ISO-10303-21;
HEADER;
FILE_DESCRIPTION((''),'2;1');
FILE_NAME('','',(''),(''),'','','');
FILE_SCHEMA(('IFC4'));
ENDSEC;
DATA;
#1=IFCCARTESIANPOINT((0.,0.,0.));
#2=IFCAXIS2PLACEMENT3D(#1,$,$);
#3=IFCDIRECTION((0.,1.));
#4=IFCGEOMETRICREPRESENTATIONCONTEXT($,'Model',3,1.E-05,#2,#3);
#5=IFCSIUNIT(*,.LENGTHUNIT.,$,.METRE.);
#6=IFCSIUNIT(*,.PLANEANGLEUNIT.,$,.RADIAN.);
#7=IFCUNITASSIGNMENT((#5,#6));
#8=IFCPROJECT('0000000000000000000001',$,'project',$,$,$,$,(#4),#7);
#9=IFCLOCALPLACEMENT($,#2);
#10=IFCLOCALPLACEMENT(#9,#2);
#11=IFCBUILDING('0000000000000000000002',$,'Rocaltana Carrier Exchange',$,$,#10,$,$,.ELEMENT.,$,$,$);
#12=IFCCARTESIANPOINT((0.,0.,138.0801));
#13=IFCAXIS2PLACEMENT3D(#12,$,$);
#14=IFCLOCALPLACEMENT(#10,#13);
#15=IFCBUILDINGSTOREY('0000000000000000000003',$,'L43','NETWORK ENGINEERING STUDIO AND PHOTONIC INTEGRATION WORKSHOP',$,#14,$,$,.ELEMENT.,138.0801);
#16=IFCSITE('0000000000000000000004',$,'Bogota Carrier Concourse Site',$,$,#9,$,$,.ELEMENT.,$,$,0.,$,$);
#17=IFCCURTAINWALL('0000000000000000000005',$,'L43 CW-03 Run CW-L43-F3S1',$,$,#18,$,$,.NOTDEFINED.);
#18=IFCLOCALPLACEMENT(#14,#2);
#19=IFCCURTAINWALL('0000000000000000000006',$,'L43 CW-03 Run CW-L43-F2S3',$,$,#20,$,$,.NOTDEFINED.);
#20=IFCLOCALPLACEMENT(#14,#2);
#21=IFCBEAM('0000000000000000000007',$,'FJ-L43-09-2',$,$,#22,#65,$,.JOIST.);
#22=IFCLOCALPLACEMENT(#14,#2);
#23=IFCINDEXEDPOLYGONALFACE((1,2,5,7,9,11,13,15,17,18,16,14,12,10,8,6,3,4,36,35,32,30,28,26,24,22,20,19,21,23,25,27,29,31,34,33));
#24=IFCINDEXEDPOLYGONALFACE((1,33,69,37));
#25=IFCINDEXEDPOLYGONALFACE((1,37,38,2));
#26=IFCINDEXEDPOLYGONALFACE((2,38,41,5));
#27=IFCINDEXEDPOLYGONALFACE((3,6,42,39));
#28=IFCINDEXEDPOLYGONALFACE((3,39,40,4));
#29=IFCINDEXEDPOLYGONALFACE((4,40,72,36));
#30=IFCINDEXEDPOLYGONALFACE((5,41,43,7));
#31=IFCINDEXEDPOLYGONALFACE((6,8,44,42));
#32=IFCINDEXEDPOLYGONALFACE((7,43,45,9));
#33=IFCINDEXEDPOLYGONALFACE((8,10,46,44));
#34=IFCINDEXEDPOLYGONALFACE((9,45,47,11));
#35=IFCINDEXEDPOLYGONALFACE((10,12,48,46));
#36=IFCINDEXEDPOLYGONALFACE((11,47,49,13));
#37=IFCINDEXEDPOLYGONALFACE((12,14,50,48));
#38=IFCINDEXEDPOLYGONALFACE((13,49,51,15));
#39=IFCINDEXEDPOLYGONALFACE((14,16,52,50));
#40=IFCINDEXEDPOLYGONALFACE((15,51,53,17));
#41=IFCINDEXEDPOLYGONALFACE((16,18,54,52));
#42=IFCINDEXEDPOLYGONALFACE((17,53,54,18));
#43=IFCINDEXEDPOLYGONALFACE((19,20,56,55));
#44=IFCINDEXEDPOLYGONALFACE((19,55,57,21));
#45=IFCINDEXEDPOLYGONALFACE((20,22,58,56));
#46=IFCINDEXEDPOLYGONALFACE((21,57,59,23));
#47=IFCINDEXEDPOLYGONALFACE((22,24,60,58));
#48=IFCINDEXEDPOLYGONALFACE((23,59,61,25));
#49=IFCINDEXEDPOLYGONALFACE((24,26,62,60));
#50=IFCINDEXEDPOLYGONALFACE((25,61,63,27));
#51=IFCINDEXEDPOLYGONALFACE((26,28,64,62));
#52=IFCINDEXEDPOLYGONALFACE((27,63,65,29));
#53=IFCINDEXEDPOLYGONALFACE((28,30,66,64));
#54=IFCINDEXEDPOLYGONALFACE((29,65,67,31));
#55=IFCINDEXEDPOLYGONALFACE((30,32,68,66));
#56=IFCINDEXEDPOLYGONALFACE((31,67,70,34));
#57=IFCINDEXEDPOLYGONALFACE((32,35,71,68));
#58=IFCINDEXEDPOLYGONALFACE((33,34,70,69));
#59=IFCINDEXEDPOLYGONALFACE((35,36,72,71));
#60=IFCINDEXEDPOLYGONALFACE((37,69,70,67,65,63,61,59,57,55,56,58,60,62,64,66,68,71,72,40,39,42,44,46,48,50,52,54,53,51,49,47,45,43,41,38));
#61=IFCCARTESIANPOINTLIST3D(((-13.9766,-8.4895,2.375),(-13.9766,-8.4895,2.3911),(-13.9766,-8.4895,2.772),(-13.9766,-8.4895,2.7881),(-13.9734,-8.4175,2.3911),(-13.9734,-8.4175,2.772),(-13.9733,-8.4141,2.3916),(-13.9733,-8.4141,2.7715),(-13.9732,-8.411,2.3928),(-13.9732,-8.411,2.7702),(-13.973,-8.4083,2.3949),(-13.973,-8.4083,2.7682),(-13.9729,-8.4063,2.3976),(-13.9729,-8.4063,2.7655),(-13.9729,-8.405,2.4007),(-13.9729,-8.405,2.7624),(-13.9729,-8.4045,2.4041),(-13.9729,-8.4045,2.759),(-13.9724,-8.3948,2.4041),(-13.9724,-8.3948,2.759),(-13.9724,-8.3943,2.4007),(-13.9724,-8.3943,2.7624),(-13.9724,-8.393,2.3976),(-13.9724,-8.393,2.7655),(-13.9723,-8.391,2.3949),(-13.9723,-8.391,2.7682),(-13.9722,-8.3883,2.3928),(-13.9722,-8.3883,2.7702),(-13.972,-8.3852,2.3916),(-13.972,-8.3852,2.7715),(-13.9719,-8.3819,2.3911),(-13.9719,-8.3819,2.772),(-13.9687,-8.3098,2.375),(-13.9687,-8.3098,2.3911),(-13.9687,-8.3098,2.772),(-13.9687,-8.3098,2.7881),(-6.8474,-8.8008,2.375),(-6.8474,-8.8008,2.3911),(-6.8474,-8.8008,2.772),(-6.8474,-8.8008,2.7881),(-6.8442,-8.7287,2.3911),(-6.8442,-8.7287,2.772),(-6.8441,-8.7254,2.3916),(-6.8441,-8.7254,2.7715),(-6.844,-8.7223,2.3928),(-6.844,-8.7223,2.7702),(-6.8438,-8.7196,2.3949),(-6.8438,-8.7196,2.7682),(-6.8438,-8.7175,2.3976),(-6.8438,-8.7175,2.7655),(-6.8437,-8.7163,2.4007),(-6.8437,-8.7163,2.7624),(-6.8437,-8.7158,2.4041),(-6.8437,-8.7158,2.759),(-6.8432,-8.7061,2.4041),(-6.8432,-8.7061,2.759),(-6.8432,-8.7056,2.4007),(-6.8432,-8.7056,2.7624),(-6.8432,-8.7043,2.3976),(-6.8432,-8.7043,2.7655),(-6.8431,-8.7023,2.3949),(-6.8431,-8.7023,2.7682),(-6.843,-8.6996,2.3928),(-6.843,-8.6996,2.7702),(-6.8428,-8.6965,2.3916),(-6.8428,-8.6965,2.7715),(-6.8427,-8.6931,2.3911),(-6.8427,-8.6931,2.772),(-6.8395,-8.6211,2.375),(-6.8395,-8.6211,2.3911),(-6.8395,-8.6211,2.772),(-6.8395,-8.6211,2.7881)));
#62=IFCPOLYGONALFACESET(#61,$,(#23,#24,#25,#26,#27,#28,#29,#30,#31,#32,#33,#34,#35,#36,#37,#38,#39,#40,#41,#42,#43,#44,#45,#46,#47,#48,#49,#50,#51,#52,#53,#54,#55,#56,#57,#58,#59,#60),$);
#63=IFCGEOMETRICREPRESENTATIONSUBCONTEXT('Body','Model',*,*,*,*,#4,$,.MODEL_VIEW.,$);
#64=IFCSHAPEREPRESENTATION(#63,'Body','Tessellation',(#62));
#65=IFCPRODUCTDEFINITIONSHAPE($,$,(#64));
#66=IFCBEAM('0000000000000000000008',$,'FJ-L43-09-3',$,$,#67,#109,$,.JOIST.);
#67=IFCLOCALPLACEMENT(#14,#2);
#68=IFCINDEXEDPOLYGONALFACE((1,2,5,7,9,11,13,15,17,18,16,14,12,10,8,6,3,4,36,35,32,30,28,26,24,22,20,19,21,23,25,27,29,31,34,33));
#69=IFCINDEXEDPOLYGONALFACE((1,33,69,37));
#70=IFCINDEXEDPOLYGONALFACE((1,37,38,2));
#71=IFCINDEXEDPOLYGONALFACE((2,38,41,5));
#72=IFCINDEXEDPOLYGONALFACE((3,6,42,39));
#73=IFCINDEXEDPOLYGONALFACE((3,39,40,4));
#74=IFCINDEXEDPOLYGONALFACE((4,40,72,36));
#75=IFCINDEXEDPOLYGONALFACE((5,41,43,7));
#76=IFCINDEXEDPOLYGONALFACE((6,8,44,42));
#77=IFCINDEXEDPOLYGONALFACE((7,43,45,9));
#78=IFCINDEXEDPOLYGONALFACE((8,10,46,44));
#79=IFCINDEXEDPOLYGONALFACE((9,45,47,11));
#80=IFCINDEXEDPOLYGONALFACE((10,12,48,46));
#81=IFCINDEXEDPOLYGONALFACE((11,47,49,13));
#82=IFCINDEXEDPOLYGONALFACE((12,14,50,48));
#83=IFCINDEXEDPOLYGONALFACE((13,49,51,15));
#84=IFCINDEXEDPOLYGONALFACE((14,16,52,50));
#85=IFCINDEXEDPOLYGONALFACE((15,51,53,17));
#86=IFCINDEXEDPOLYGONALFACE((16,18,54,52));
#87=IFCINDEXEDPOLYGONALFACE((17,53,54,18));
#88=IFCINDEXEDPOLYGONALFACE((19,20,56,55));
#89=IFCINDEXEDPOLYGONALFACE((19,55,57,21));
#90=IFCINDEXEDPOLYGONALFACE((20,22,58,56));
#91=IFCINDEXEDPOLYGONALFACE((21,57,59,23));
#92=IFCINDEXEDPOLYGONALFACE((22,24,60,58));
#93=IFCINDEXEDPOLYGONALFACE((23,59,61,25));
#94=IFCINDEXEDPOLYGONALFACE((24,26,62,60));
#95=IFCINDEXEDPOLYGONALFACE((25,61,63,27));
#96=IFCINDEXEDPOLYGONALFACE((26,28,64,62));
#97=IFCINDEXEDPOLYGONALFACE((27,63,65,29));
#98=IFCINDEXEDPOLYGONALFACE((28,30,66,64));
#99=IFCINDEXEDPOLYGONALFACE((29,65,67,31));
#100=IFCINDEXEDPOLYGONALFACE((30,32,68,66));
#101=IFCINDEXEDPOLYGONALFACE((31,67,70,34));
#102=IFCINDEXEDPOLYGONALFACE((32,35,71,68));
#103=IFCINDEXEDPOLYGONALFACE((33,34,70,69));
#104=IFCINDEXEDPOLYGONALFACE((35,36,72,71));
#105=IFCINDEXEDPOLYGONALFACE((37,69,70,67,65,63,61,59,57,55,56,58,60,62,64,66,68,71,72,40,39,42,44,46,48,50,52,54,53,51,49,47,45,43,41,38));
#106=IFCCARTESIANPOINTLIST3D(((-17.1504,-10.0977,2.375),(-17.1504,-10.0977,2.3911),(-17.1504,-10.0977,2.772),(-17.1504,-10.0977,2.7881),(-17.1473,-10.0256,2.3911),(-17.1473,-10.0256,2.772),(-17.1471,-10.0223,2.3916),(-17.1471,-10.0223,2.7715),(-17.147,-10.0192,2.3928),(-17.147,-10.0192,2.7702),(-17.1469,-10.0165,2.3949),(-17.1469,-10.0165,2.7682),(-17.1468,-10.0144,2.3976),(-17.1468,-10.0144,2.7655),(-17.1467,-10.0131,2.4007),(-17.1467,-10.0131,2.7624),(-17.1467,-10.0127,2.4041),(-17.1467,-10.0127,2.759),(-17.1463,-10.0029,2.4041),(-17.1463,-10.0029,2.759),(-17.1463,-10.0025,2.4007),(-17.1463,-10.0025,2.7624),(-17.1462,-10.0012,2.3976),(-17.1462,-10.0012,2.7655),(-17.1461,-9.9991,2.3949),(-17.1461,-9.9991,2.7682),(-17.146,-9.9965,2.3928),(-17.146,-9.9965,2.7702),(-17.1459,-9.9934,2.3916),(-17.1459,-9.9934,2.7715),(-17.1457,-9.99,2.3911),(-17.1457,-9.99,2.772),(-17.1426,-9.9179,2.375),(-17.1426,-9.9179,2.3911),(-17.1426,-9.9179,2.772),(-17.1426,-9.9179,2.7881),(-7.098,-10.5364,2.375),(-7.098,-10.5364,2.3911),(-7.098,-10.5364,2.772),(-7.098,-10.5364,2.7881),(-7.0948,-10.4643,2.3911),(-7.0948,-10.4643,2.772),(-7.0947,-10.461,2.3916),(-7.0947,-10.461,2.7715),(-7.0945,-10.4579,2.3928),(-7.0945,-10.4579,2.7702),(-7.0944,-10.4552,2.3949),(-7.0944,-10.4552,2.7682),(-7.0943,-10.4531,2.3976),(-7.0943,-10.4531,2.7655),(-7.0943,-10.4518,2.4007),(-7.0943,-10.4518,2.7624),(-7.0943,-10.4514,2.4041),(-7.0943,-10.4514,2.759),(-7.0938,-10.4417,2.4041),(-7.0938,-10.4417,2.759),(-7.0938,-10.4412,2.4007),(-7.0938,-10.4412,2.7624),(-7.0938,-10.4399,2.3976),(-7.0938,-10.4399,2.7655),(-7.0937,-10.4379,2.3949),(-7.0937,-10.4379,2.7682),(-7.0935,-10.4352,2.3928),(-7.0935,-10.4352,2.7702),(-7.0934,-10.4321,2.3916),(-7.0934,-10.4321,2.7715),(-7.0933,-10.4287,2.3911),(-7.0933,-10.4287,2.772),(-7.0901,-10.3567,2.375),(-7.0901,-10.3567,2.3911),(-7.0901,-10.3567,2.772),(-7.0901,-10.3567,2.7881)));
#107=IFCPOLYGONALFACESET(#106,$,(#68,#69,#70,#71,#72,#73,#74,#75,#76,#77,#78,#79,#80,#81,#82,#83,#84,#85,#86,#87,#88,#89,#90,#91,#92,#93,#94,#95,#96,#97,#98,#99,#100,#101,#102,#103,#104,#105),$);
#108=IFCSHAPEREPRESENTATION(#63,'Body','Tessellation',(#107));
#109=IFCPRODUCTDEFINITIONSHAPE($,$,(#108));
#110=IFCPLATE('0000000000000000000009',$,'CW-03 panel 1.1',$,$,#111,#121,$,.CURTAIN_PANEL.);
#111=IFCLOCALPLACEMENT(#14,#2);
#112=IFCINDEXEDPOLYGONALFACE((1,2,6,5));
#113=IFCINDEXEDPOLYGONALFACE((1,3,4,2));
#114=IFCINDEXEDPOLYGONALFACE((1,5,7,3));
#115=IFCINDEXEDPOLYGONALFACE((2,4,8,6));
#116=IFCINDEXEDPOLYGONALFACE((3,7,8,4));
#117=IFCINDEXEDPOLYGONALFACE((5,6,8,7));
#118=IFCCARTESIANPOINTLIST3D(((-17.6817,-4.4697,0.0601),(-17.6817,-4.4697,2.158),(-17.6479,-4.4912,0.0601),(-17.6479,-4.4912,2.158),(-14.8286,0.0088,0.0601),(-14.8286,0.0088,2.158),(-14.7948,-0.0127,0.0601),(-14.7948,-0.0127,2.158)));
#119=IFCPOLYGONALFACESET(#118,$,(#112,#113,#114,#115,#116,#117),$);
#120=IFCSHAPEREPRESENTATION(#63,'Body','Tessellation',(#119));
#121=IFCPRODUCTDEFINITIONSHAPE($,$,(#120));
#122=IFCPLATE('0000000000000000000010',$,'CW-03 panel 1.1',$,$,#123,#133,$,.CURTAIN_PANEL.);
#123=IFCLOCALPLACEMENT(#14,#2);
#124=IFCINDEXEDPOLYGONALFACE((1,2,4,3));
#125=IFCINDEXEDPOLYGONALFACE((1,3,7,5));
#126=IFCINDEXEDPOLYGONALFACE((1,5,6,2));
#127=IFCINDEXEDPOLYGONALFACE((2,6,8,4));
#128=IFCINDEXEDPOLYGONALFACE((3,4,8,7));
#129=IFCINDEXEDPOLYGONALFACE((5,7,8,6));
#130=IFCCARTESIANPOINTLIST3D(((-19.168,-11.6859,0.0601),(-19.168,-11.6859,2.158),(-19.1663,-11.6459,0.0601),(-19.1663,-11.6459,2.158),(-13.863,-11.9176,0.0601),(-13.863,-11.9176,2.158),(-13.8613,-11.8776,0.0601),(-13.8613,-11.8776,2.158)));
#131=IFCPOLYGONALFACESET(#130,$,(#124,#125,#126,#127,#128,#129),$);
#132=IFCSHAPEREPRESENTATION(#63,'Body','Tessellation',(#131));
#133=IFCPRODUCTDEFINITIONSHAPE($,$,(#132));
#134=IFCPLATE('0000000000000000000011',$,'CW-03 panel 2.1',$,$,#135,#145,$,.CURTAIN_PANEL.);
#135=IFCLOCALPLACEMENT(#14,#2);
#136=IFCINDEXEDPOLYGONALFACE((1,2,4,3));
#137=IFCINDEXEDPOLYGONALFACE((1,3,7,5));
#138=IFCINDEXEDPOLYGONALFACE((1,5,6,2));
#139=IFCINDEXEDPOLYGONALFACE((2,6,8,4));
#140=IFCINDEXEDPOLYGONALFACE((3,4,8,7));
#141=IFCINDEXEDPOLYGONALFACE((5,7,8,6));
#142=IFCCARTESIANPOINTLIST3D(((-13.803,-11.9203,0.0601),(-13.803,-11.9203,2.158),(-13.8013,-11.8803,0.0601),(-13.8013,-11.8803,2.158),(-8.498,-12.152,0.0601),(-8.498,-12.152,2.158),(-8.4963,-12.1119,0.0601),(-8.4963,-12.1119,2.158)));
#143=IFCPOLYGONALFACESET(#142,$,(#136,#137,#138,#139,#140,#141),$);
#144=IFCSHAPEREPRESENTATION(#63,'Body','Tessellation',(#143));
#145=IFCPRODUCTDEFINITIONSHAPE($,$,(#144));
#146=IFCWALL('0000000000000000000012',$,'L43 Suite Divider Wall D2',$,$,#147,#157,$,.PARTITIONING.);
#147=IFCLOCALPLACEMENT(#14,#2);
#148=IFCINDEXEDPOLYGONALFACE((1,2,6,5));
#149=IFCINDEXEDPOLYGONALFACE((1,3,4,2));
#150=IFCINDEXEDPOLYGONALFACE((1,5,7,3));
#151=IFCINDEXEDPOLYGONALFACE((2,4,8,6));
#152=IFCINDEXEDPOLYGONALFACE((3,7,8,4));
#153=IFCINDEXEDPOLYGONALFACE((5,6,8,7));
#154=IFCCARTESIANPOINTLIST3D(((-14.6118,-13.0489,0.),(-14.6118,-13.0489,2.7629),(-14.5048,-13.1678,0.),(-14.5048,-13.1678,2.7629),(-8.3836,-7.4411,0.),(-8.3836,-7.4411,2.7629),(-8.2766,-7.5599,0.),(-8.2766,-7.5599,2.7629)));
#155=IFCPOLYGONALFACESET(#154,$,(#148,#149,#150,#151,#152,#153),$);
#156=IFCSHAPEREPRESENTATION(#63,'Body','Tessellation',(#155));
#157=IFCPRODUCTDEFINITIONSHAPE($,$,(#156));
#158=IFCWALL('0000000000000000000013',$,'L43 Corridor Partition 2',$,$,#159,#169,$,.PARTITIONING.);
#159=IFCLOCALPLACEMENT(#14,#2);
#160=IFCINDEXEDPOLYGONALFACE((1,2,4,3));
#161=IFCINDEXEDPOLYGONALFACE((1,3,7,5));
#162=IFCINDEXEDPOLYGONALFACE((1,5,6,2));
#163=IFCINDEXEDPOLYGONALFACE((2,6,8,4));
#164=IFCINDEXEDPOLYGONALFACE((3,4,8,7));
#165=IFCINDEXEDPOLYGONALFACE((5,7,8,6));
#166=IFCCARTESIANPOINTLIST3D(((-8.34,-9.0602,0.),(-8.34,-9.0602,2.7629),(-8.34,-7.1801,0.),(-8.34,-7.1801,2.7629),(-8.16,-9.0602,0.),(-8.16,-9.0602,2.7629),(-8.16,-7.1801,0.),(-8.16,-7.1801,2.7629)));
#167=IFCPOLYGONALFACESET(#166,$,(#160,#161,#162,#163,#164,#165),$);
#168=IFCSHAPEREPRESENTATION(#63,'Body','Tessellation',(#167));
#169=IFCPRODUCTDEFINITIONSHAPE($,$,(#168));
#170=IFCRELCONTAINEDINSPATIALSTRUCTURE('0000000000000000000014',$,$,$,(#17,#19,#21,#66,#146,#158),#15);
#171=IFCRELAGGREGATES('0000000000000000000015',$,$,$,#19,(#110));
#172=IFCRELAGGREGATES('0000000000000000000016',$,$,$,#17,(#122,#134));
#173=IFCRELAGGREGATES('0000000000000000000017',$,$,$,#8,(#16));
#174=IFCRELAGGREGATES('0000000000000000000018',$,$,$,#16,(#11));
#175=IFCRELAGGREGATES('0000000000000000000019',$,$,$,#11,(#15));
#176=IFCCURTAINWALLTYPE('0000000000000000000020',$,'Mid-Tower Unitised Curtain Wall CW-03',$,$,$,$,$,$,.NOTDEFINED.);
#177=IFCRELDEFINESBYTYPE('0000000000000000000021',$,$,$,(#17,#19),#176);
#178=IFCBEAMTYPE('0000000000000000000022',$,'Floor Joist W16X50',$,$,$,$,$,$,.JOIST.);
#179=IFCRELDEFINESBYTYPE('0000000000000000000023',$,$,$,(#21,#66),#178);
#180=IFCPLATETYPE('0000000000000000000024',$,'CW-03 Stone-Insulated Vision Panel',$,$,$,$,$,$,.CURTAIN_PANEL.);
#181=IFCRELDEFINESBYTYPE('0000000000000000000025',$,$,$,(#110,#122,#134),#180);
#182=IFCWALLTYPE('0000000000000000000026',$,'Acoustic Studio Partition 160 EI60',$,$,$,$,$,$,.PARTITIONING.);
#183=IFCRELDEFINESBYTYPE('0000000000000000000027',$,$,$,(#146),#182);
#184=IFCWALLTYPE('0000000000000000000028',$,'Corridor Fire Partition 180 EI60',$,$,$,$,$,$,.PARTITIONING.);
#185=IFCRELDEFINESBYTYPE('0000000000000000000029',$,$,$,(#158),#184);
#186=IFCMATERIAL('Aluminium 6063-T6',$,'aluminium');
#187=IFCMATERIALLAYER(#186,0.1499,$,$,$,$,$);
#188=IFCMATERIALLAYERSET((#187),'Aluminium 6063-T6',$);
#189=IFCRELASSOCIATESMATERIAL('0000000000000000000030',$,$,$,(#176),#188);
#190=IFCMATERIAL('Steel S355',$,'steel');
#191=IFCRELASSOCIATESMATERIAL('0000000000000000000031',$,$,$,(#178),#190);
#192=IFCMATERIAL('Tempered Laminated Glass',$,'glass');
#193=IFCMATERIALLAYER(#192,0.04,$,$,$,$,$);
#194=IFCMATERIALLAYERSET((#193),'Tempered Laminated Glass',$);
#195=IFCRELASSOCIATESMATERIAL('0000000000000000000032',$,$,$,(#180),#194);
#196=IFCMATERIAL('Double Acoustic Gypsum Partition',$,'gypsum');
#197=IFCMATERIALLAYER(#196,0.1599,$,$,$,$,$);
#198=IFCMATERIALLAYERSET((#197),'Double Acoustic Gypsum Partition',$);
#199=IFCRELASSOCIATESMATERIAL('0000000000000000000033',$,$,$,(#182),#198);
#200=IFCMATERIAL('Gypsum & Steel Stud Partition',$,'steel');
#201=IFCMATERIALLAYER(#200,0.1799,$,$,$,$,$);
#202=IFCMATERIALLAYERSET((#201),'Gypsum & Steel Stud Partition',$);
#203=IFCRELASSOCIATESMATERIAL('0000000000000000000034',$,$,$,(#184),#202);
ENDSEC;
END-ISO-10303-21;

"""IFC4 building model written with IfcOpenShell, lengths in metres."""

from ifc_helpers import new_model, si_unit, direction, frame, frame_2d, origin, origin_2d, place, context, subcontext, project, spatial, rectangle, i_section, extrude, material, layer, layer_set, material_profile, profile_set, type_object, element, aggregate, save


model = new_model("IFC4")

# Units and contexts
model_context = context("Model", 3, precision=1e-05, world=origin(), true_north=direction((0.0, 1.0)))
body_context = subcontext(model_context, "Body", "Model", "MODEL_VIEW")
ifc_project = project(units=[si_unit("LENGTHUNIT", "METRE"), si_unit("PLANEANGLEUNIT", "RADIAN")], contexts=[model_context])

# Site, building, storey
site_placement = place(None, origin())
site = spatial("IfcSite", under=ifc_project, at=site_placement, Name="Bogota Carrier Concourse Site", CompositionType="ELEMENT", RefElevation=0.0)
building_placement = place(site_placement, origin())
building = spatial("IfcBuilding", under=site, at=building_placement, Name="Rocaltana Carrier Exchange", CompositionType="ELEMENT")
storey_placement = place(building_placement, frame((0.0, 0.0, 138.0801)))
storey = spatial("IfcBuildingStorey", under=building, at=storey_placement, Name="L43", Description="NETWORK ENGINEERING STUDIO AND PHOTONIC INTEGRATION WORKSHOP", CompositionType="ELEMENT", Elevation=138.0801)

# Curtain wall
ifc_material_1 = material(Name="Aluminium 6063-T6", Category="aluminium")
ifc_layer_1 = layer(ifc_material_1, 0.1499)
ifc_layer_set_1 = layer_set([ifc_layer_1], Name="Aluminium 6063-T6")
curtain_wall_type = type_object("IfcCurtainWallType", Name="Mid-Tower Unitised Curtain Wall CW-03", PredefinedType="NOTDEFINED", material=ifc_layer_set_1)
curtain_wall_1_placement = place(storey_placement, origin())
curtain_wall_1 = element("IfcCurtainWall", 1, at=curtain_wall_1_placement, inside=storey, type_object=curtain_wall_type, Name="L43 CW-03 Run CW-L43-F3S1", PredefinedType="NOTDEFINED")

# Curtain wall
curtain_wall_2_placement = place(storey_placement, origin())
curtain_wall_2 = element("IfcCurtainWall", 2, at=curtain_wall_2_placement, inside=storey, type_object=curtain_wall_type, Name="L43 CW-03 Run CW-L43-F2S3", PredefinedType="NOTDEFINED")

# Beams
ifc_material_2 = material(Name="Steel S355", Category="steel")
ifc_material_profile_1 = material_profile(ifc_material_2, i_section(OverallWidth=0.1799, OverallDepth=0.4131, WebThickness=0.0098, FlangeThickness=0.0161, FilletRadius=0.0129, at=origin_2d()), Name="W16X50")
ifc_profile_set_1 = profile_set([ifc_material_profile_1], Name="Steel S355")
beam_type = type_object("IfcBeamType", Name="Floor Joist W16X50", PredefinedType="JOIST", material=ifc_profile_set_1)
beam_1_placement = place(storey_placement, frame((-13.9727, -8.3997, 2.5815), z_axis=(0.999048, -0.043621, 0.0), x_axis=(0.043621, 0.999048, 0.0)))
element("IfcBeam", 3, at=beam_1_placement, inside=storey, type_object=beam_type, Name="FJ-L43-09-2", PredefinedType="JOIST", context=body_context, shape_type="SweptSolid", body=[
    extrude(i_section(OverallWidth=0.1799, OverallDepth=0.4131, WebThickness=0.0098, FlangeThickness=0.0161, FilletRadius=0.0129, at=origin_2d()), origin(), (0.0, 0.0, 1.0), 7.136),
])
beam_2_placement = place(storey_placement, frame((-17.1465, -10.0078, 2.5815), z_axis=(0.999049, -0.043601, 0.0), x_axis=(0.043601, 0.999049, 0.0)))
element("IfcBeam", 4, at=beam_2_placement, inside=storey, type_object=beam_type, Name="FJ-L43-09-3", PredefinedType="JOIST", context=body_context, shape_type="SweptSolid", body=[
    extrude(i_section(OverallWidth=0.1799, OverallDepth=0.4131, WebThickness=0.0098, FlangeThickness=0.0161, FilletRadius=0.0129, at=origin_2d()), origin(), (0.0, 0.0, 1.0), 10.062),
])

# Plates
ifc_material_3 = material(Name="Tempered Laminated Glass", Category="glass")
ifc_layer_2 = layer(ifc_material_3, 0.04)
ifc_layer_set_2 = layer_set([ifc_layer_2], Name="Tempered Laminated Glass")
plate_type = type_object("IfcPlateType", Name="CW-03 Stone-Insulated Vision Panel", PredefinedType="CURTAIN_PANEL", material=ifc_layer_set_2)
plate_1_placement = place(storey_placement, frame((-16.2383, -2.2412, 0.0601), z_axis=(0.0, 0.0, 1.0), x_axis=(-0.537301, -0.843391, 0.0)))
plate_1 = element("IfcPlate", 5, at=plate_1_placement, type_object=plate_type, Name="CW-03 panel 1.1", PredefinedType="CURTAIN_PANEL", context=body_context, shape_type="SweptSolid", body=[
    extrude(rectangle(XDim=5.3101, YDim=0.04, at=origin_2d()), origin(), (0.0, 0.0, 1.0), 2.0979),
])
aggregate(curtain_wall_2, [plate_1])
plate_2_placement = place(storey_placement, frame((-16.5146, -11.7817, 0.0601), z_axis=(0.0, 0.0, 1.0), x_axis=(0.999048, -0.043629, 0.0)))
plate_2 = element("IfcPlate", 6, at=plate_2_placement, type_object=plate_type, Name="CW-03 panel 1.1", PredefinedType="CURTAIN_PANEL", context=body_context, shape_type="SweptSolid", body=[
    extrude(rectangle(XDim=5.3101, YDim=0.04, at=origin_2d()), origin(), (0.0, 0.0, 1.0), 2.0979),
])
plate_3_placement = place(storey_placement, frame((-11.1497, -12.0161, 0.0601), z_axis=(0.0, 0.0, 1.0), x_axis=(0.999048, -0.043629, 0.0)))
plate_3 = element("IfcPlate", 7, at=plate_3_placement, type_object=plate_type, Name="CW-03 panel 2.1", PredefinedType="CURTAIN_PANEL", context=body_context, shape_type="SweptSolid", body=[
    extrude(rectangle(XDim=5.3101, YDim=0.04, at=origin_2d()), origin(), (0.0, 0.0, 1.0), 2.0979),
])
aggregate(curtain_wall_1, [plate_2, plate_3])

# Walls
ifc_material_4 = material(Name="Double Acoustic Gypsum Partition", Category="gypsum")
ifc_layer_3 = layer(ifc_material_4, 0.1599)
ifc_layer_set_3 = layer_set([ifc_layer_3], Name="Double Acoustic Gypsum Partition")
wall_type_1 = type_object("IfcWallType", Name="Acoustic Studio Partition 160 EI60", PredefinedType="PARTITIONING", material=ifc_layer_set_3)
wall_1_placement = place(storey_placement, frame((-8.3301, -7.5005, 0.0), z_axis=(0.0, 0.0, 1.0), x_axis=(-0.743148, -0.669127, 0.0)))
element("IfcWall", 8, at=wall_1_placement, inside=storey, type_object=wall_type_1, Name="L43 Suite Divider Wall D2", PredefinedType="PARTITIONING", context=body_context, shape_type="SweptSolid", body=[
    extrude(rectangle(XDim=8.3809, YDim=0.1599, at=frame_2d((4.1904, 0.0))), origin(), (0.0, 0.0, 1.0), 2.7629),
])
ifc_material_5 = material(Name="Gypsum & Steel Stud Partition", Category="steel")
ifc_layer_4 = layer(ifc_material_5, 0.1799)
ifc_layer_set_4 = layer_set([ifc_layer_4], Name="Gypsum & Steel Stud Partition")
wall_type_2 = type_object("IfcWallType", Name="Corridor Fire Partition 180 EI60", PredefinedType="PARTITIONING", material=ifc_layer_set_4)
wall_2_placement = place(storey_placement, frame((-8.25, -9.0601, 0.0), z_axis=(0.0, 0.0, 1.0), x_axis=(0.0, 1.0, 0.0)))
element("IfcWall", 9, at=wall_2_placement, inside=storey, type_object=wall_type_2, Name="L43 Corridor Partition 2", PredefinedType="PARTITIONING", context=body_context, shape_type="SweptSolid", body=[
    extrude(rectangle(XDim=1.8801, YDim=0.1799, at=frame_2d((0.9399, 0.0))), origin(), (0.0, 0.0, 1.0), 2.7629),
])

save(model, "model.ifc")
